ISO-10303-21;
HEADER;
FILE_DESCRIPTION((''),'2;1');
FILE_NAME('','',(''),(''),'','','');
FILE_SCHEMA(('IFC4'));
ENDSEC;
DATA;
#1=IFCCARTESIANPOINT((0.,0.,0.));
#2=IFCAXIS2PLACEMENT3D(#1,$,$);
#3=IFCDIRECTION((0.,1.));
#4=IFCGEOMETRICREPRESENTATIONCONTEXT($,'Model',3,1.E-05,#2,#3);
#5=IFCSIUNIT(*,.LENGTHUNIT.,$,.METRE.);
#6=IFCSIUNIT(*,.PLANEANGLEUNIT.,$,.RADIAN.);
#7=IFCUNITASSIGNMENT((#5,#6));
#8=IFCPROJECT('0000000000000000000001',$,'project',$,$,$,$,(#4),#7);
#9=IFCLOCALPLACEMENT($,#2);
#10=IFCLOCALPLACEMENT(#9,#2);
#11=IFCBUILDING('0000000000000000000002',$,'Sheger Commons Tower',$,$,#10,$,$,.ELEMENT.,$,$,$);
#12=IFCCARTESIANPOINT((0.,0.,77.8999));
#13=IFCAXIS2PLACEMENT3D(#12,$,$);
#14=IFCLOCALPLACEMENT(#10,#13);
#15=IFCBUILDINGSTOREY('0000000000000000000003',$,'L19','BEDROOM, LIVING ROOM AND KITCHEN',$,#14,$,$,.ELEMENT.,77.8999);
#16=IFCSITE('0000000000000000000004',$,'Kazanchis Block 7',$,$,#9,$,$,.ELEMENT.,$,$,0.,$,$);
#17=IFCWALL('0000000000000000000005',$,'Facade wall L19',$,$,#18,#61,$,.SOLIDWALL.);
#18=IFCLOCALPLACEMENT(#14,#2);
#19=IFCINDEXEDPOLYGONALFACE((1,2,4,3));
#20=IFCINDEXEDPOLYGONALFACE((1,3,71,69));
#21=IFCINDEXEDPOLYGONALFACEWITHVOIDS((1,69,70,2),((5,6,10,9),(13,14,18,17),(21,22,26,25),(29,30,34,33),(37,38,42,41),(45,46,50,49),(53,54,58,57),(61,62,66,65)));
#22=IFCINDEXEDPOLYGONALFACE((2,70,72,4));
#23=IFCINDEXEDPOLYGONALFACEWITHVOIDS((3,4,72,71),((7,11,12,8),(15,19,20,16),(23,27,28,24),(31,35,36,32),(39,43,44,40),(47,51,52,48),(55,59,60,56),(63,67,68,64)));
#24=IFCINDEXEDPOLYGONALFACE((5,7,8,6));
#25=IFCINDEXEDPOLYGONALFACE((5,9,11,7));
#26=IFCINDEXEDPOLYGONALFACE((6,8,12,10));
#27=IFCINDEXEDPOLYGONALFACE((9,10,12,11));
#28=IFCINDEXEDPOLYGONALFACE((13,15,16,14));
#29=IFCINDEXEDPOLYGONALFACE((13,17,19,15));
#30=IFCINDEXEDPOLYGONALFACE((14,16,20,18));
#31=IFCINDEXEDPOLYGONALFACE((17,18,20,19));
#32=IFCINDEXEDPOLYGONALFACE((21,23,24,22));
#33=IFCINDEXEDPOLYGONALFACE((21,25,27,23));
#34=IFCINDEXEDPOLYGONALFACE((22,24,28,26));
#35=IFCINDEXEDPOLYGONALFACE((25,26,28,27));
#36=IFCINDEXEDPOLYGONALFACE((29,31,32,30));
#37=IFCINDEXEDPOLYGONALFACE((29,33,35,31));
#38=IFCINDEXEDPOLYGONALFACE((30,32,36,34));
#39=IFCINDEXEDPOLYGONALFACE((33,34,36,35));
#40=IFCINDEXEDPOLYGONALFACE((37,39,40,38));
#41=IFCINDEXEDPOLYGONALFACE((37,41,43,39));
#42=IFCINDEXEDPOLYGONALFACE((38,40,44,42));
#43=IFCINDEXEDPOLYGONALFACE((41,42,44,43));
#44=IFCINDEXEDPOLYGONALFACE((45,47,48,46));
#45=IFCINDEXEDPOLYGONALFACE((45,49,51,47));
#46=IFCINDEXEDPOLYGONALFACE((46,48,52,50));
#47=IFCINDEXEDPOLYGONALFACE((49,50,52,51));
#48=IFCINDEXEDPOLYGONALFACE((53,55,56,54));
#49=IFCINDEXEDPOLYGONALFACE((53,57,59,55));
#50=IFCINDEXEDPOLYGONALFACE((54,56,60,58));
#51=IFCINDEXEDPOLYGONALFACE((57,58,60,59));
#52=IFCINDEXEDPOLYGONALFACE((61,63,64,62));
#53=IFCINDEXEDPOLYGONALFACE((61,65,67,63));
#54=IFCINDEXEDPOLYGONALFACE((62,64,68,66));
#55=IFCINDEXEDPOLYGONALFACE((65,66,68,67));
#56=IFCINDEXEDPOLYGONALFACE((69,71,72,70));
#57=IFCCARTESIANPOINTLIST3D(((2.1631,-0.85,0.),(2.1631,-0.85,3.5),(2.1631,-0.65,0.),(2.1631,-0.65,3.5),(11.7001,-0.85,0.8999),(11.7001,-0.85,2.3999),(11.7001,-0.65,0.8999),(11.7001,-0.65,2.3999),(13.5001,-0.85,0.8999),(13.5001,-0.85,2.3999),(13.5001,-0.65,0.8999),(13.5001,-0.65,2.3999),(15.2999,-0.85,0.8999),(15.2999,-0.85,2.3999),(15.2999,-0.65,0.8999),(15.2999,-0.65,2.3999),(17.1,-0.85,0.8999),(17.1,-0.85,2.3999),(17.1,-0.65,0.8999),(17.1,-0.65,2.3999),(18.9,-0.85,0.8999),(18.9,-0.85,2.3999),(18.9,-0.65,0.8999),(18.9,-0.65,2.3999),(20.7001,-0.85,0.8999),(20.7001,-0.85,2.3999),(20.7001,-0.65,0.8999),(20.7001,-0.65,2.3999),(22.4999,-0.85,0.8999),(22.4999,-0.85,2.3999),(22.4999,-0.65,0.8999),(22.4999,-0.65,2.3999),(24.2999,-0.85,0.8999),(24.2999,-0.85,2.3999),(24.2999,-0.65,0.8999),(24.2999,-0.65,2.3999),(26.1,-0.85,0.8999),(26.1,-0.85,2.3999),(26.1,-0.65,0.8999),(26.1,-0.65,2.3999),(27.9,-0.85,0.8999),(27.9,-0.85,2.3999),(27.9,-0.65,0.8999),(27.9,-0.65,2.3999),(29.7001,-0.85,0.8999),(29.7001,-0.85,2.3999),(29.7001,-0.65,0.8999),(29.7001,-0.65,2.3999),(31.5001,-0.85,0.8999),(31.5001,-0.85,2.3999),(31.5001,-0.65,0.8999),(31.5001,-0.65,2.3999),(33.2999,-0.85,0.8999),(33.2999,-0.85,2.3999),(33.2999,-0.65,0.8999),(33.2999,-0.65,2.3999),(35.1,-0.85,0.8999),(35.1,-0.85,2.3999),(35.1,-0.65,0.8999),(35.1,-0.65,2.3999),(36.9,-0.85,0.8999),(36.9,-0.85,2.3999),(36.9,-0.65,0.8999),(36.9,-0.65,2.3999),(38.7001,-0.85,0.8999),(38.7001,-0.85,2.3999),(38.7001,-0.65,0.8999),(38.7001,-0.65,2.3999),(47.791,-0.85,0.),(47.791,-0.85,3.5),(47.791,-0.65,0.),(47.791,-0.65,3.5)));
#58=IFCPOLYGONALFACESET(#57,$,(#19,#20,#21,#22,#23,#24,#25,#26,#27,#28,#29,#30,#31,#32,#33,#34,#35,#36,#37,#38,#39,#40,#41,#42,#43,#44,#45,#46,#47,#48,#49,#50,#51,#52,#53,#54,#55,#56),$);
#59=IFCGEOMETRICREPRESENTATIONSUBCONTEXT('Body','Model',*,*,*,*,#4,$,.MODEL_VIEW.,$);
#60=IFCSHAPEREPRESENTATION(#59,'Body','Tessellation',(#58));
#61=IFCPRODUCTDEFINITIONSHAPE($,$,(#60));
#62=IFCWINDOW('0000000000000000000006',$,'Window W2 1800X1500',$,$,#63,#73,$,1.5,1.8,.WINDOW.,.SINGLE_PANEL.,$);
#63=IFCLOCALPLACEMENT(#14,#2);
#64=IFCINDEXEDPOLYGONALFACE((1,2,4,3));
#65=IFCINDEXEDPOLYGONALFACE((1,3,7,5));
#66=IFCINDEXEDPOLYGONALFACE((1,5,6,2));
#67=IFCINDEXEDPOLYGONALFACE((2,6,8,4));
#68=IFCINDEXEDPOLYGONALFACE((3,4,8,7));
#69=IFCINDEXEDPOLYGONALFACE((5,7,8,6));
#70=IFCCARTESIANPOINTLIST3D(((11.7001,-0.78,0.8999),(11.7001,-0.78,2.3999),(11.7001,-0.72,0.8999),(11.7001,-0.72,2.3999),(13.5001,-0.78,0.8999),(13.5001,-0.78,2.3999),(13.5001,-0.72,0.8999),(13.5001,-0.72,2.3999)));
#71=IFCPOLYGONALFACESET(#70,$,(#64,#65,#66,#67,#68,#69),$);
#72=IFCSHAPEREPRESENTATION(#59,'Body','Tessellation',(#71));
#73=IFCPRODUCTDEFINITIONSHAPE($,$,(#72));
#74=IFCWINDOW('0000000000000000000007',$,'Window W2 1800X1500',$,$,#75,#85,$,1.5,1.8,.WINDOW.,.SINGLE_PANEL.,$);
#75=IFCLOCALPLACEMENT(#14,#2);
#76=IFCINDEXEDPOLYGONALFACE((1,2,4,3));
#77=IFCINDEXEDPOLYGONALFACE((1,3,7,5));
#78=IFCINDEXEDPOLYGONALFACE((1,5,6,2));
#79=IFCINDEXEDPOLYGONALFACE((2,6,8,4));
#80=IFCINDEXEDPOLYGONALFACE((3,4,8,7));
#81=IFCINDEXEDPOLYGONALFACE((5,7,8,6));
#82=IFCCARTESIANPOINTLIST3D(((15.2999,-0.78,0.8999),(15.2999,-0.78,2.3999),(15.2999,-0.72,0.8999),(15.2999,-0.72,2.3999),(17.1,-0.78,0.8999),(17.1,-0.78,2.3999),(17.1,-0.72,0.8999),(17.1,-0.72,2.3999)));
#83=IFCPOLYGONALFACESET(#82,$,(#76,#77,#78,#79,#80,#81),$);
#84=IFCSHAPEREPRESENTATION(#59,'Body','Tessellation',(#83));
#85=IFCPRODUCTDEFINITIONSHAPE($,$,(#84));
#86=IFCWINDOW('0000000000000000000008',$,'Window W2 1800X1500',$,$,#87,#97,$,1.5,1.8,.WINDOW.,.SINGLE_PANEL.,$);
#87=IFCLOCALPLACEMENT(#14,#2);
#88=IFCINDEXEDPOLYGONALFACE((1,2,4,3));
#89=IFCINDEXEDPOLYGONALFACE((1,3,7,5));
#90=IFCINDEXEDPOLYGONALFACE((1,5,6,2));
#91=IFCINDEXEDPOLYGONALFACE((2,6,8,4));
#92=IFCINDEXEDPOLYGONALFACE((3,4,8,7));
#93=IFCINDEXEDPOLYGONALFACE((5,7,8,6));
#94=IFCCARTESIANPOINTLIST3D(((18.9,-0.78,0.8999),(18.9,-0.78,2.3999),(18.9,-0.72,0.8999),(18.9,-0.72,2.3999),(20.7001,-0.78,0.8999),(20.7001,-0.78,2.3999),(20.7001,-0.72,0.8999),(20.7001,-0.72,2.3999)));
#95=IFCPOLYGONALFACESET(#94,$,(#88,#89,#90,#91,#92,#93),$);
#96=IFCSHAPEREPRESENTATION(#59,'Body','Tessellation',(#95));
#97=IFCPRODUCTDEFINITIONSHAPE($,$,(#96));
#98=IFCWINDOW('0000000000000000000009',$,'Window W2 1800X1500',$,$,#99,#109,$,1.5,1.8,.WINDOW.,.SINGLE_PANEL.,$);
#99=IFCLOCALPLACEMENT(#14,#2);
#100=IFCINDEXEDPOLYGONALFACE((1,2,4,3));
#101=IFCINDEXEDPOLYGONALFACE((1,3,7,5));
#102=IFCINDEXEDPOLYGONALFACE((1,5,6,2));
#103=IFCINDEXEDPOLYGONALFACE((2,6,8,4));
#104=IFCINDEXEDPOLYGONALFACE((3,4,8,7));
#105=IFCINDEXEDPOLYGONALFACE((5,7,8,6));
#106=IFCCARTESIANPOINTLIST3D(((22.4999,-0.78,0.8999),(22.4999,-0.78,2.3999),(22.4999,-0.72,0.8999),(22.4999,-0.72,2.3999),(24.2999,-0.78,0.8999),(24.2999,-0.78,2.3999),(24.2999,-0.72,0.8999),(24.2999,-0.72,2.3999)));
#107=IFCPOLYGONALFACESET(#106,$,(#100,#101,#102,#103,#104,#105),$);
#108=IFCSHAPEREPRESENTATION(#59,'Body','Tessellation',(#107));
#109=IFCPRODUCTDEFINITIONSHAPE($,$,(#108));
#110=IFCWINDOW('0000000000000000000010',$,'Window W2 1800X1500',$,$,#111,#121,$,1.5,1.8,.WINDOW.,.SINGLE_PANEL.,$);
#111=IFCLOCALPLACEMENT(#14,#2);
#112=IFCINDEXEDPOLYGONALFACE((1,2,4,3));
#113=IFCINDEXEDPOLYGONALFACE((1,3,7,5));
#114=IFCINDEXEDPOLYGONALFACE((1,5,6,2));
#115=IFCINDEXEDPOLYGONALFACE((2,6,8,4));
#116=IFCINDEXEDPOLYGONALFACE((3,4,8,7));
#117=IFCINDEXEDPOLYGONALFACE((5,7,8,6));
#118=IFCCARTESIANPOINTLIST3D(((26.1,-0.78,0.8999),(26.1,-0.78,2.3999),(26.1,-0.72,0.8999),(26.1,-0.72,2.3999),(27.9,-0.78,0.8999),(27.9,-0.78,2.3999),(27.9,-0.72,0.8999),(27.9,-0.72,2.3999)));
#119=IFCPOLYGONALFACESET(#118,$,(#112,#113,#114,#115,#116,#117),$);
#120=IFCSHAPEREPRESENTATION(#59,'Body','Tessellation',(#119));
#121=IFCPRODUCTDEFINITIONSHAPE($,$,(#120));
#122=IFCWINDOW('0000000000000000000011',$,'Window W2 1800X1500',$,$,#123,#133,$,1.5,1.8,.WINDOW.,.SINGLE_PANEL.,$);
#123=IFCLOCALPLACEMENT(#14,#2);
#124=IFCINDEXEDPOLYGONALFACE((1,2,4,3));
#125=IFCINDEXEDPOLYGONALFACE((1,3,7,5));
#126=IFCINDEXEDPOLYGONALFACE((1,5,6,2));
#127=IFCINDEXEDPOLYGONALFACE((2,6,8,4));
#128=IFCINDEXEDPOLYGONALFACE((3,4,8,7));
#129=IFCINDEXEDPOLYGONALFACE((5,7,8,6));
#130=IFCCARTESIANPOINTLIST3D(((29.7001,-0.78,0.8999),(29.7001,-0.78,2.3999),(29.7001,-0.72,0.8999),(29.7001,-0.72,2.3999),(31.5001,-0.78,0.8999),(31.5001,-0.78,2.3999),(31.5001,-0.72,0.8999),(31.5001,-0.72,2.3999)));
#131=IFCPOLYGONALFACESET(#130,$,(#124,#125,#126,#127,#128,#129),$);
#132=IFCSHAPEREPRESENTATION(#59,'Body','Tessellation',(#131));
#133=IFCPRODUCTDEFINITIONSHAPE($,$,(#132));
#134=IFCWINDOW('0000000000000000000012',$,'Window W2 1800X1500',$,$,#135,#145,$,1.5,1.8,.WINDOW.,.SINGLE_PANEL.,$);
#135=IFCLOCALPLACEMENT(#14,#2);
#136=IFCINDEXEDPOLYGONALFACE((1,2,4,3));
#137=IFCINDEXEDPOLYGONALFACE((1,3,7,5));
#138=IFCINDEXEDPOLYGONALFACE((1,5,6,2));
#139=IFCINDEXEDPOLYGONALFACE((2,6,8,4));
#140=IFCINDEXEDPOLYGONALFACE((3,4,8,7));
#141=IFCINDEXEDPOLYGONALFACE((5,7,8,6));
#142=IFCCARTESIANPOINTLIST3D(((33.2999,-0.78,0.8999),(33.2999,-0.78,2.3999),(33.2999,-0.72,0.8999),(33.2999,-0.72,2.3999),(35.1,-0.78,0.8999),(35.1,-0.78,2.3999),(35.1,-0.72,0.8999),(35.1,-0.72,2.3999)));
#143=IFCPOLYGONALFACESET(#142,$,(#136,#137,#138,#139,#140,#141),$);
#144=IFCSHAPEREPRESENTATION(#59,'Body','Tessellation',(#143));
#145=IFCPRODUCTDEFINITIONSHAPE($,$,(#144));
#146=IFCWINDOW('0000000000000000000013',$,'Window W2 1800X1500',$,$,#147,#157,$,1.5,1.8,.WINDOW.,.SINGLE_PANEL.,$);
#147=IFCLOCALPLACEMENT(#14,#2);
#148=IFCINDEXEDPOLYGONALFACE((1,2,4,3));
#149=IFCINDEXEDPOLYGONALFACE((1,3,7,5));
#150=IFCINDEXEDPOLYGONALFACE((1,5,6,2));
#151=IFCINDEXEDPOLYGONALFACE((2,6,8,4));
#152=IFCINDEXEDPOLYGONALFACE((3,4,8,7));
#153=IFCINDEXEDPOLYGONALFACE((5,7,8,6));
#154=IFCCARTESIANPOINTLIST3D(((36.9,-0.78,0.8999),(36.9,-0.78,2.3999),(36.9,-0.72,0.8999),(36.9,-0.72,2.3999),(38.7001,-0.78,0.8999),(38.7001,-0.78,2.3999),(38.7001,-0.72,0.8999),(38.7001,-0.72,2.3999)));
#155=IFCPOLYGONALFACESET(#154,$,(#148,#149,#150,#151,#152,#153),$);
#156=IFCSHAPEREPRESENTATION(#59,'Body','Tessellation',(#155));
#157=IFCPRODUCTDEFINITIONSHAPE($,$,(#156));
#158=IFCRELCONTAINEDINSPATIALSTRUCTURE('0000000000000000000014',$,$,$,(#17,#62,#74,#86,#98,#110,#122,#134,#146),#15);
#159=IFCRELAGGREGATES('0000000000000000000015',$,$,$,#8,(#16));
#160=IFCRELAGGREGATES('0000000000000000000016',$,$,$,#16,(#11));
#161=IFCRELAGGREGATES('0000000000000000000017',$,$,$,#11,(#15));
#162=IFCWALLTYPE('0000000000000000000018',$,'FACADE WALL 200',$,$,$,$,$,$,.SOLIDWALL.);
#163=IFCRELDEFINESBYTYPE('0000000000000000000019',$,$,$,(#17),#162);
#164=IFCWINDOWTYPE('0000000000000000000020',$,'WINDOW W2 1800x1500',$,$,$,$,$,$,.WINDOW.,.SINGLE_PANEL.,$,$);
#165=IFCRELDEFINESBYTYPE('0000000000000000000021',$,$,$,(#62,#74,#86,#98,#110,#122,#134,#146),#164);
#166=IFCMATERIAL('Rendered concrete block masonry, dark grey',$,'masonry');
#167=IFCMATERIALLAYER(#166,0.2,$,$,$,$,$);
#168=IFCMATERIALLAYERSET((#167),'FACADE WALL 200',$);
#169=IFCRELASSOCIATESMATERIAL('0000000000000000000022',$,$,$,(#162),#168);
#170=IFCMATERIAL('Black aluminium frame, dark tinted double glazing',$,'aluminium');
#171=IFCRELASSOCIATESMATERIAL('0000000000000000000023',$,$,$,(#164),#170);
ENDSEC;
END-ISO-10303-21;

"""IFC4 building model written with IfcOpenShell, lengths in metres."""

from ifc_helpers import new_model, si_unit, direction, frame, frame_2d, origin, place, context, subcontext, project, spatial, rectangle, extrude, material, layer, layer_set, type_object, element, fill, save


model = new_model("IFC4")

# Units and contexts
model_context = context("Model", 3, precision=1e-05, world=origin(), true_north=direction((0.0, 1.0)))
body_context = subcontext(model_context, "Body", "Model", "MODEL_VIEW")
ifc_project = project(units=[si_unit("LENGTHUNIT", "METRE"), si_unit("PLANEANGLEUNIT", "RADIAN")], contexts=[model_context])

# Site, building, storey
site_placement = place(None, origin())
site = spatial("IfcSite", under=ifc_project, at=site_placement, Name="Kazanchis Block 7", CompositionType="ELEMENT", RefElevation=0.0)
building_placement = place(site_placement, origin())
building = spatial("IfcBuilding", under=site, at=building_placement, Name="Sheger Commons Tower", CompositionType="ELEMENT")
storey_placement = place(building_placement, frame((0.0, 0.0, 77.8999)))
storey = spatial("IfcBuildingStorey", under=building, at=storey_placement, Name="L19", Description="BEDROOM, LIVING ROOM AND KITCHEN", CompositionType="ELEMENT", Elevation=77.8999)

# Wall, openings, windows
ifc_material_1 = material(Name="Rendered concrete block masonry, dark grey", Category="masonry")
ifc_layer_1 = layer(ifc_material_1, 0.2)
ifc_layer_set_1 = layer_set([ifc_layer_1], Name="FACADE WALL 200")
wall_type_1 = type_object("IfcWallType", Name="FACADE WALL 200", PredefinedType="SOLIDWALL", material=ifc_layer_set_1)
wall_1_placement = place(storey_placement, frame((2.1631, -0.75, 0.0), z_axis=(0.0, 0.0, 1.0), x_axis=(1.0, 0.0, 0.0)))
wall_1 = element("IfcWall", 1, at=wall_1_placement, inside=storey, type_object=wall_type_1, Name="Facade wall L19", PredefinedType="SOLIDWALL", context=body_context, shape_type="SweptSolid", body=[
    extrude(rectangle(XDim=45.6279, YDim=0.2, at=frame_2d((22.814, 0.0))), origin(), (0.0, 0.0, 1.0), 3.5),
])
opening_1_placement = place(wall_1_placement, frame((9.5371, 0.0, 0.8999)))
opening_1 = element("IfcOpeningElement", 2, at=opening_1_placement, cuts=wall_1, PredefinedType="OPENING", context=body_context, shape_type="SweptSolid", body=[
    extrude(rectangle(XDim=1.8, YDim=1.5, at=frame_2d((0.8999, 0.75))), frame((0.0, 0.1099, 0.0), z_axis=(0.0, -1.0, 0.0), x_axis=(1.0, 0.0, 0.0)), (0.0, 0.0, 1.0), 0.22),
])
opening_2_placement = place(wall_1_placement, frame((13.137, 0.0, 0.8999)))
opening_2 = element("IfcOpeningElement", 3, at=opening_2_placement, cuts=wall_1, PredefinedType="OPENING", context=body_context, shape_type="SweptSolid", body=[
    extrude(rectangle(XDim=1.8, YDim=1.5, at=frame_2d((0.8999, 0.75))), frame((0.0, 0.1099, 0.0), z_axis=(0.0, -1.0, 0.0), x_axis=(1.0, 0.0, 0.0)), (0.0, 0.0, 1.0), 0.22),
])
opening_3_placement = place(wall_1_placement, frame((16.7371, 0.0, 0.8999)))
opening_3 = element("IfcOpeningElement", 4, at=opening_3_placement, cuts=wall_1, PredefinedType="OPENING", context=body_context, shape_type="SweptSolid", body=[
    extrude(rectangle(XDim=1.8, YDim=1.5, at=frame_2d((0.8999, 0.75))), frame((0.0, 0.1099, 0.0), z_axis=(0.0, -1.0, 0.0), x_axis=(1.0, 0.0, 0.0)), (0.0, 0.0, 1.0), 0.22),
])
opening_4_placement = place(wall_1_placement, frame((20.3369, 0.0, 0.8999)))
opening_4 = element("IfcOpeningElement", 5, at=opening_4_placement, cuts=wall_1, PredefinedType="OPENING", context=body_context, shape_type="SweptSolid", body=[
    extrude(rectangle(XDim=1.8, YDim=1.5, at=frame_2d((0.8999, 0.75))), frame((0.0, 0.1099, 0.0), z_axis=(0.0, -1.0, 0.0), x_axis=(1.0, 0.0, 0.0)), (0.0, 0.0, 1.0), 0.22),
])
opening_5_placement = place(wall_1_placement, frame((23.937, 0.0, 0.8999)))
opening_5 = element("IfcOpeningElement", 6, at=opening_5_placement, cuts=wall_1, PredefinedType="OPENING", context=body_context, shape_type="SweptSolid", body=[
    extrude(rectangle(XDim=1.8, YDim=1.5, at=frame_2d((0.8999, 0.75))), frame((0.0, 0.1099, 0.0), z_axis=(0.0, -1.0, 0.0), x_axis=(1.0, 0.0, 0.0)), (0.0, 0.0, 1.0), 0.22),
])
opening_6_placement = place(wall_1_placement, frame((27.5371, 0.0, 0.8999)))
opening_6 = element("IfcOpeningElement", 7, at=opening_6_placement, cuts=wall_1, PredefinedType="OPENING", context=body_context, shape_type="SweptSolid", body=[
    extrude(rectangle(XDim=1.8, YDim=1.5, at=frame_2d((0.8999, 0.75))), frame((0.0, 0.1099, 0.0), z_axis=(0.0, -1.0, 0.0), x_axis=(1.0, 0.0, 0.0)), (0.0, 0.0, 1.0), 0.22),
])
opening_7_placement = place(wall_1_placement, frame((31.137, 0.0, 0.8999)))
opening_7 = element("IfcOpeningElement", 8, at=opening_7_placement, cuts=wall_1, PredefinedType="OPENING", context=body_context, shape_type="SweptSolid", body=[
    extrude(rectangle(XDim=1.8, YDim=1.5, at=frame_2d((0.8999, 0.75))), frame((0.0, 0.1099, 0.0), z_axis=(0.0, -1.0, 0.0), x_axis=(1.0, 0.0, 0.0)), (0.0, 0.0, 1.0), 0.22),
])
opening_8_placement = place(wall_1_placement, frame((34.7371, 0.0, 0.8999)))
opening_8 = element("IfcOpeningElement", 9, at=opening_8_placement, cuts=wall_1, PredefinedType="OPENING", context=body_context, shape_type="SweptSolid", body=[
    extrude(rectangle(XDim=1.8, YDim=1.5, at=frame_2d((0.8999, 0.75))), frame((0.0, 0.1099, 0.0), z_axis=(0.0, -1.0, 0.0), x_axis=(1.0, 0.0, 0.0)), (0.0, 0.0, 1.0), 0.22),
])
ifc_material_2 = material(Name="Black aluminium frame, dark tinted double glazing", Category="aluminium")
window_type = type_object("IfcWindowType", Name="WINDOW W2 1800x1500", PartitioningType="SINGLE_PANEL", PredefinedType="WINDOW", material=ifc_material_2)
window_1_placement = place(opening_1_placement, origin())
window_1 = element("IfcWindow", 10, at=window_1_placement, inside=storey, type_object=window_type, Name="Window W2 1800X1500", OverallHeight=1.5, OverallWidth=1.8, PartitioningType="SINGLE_PANEL", PredefinedType="WINDOW", context=body_context, shape_type="SweptSolid", body=[
    extrude(rectangle(XDim=1.8, YDim=1.5, at=frame_2d((0.8999, 0.75))), frame((0.0, 0.03, 0.0), z_axis=(0.0, -1.0, 0.0), x_axis=(1.0, 0.0, 0.0)), (0.0, 0.0, 1.0), 0.0601),
])
fill(opening_1, window_1)
window_2_placement = place(opening_2_placement, origin())
window_2 = element("IfcWindow", 11, at=window_2_placement, inside=storey, type_object=window_type, Name="Window W2 1800X1500", OverallHeight=1.5, OverallWidth=1.8, PartitioningType="SINGLE_PANEL", PredefinedType="WINDOW", context=body_context, shape_type="SweptSolid", body=[
    extrude(rectangle(XDim=1.8, YDim=1.5, at=frame_2d((0.8999, 0.75))), frame((0.0, 0.03, 0.0), z_axis=(0.0, -1.0, 0.0), x_axis=(1.0, 0.0, 0.0)), (0.0, 0.0, 1.0), 0.0601),
])
fill(opening_2, window_2)
window_3_placement = place(opening_3_placement, origin())
window_3 = element("IfcWindow", 12, at=window_3_placement, inside=storey, type_object=window_type, Name="Window W2 1800X1500", OverallHeight=1.5, OverallWidth=1.8, PartitioningType="SINGLE_PANEL", PredefinedType="WINDOW", context=body_context, shape_type="SweptSolid", body=[
    extrude(rectangle(XDim=1.8, YDim=1.5, at=frame_2d((0.8999, 0.75))), frame((0.0, 0.03, 0.0), z_axis=(0.0, -1.0, 0.0), x_axis=(1.0, 0.0, 0.0)), (0.0, 0.0, 1.0), 0.0601),
])
fill(opening_3, window_3)
window_4_placement = place(opening_4_placement, origin())
window_4 = element("IfcWindow", 13, at=window_4_placement, inside=storey, type_object=window_type, Name="Window W2 1800X1500", OverallHeight=1.5, OverallWidth=1.8, PartitioningType="SINGLE_PANEL", PredefinedType="WINDOW", context=body_context, shape_type="SweptSolid", body=[
    extrude(rectangle(XDim=1.8, YDim=1.5, at=frame_2d((0.8999, 0.75))), frame((0.0, 0.03, 0.0), z_axis=(0.0, -1.0, 0.0), x_axis=(1.0, 0.0, 0.0)), (0.0, 0.0, 1.0), 0.0601),
])
fill(opening_4, window_4)
window_5_placement = place(opening_5_placement, origin())
window_5 = element("IfcWindow", 14, at=window_5_placement, inside=storey, type_object=window_type, Name="Window W2 1800X1500", OverallHeight=1.5, OverallWidth=1.8, PartitioningType="SINGLE_PANEL", PredefinedType="WINDOW", context=body_context, shape_type="SweptSolid", body=[
    extrude(rectangle(XDim=1.8, YDim=1.5, at=frame_2d((0.8999, 0.75))), frame((0.0, 0.03, 0.0), z_axis=(0.0, -1.0, 0.0), x_axis=(1.0, 0.0, 0.0)), (0.0, 0.0, 1.0), 0.0601),
])
fill(opening_5, window_5)
window_6_placement = place(opening_6_placement, origin())
window_6 = element("IfcWindow", 15, at=window_6_placement, inside=storey, type_object=window_type, Name="Window W2 1800X1500", OverallHeight=1.5, OverallWidth=1.8, PartitioningType="SINGLE_PANEL", PredefinedType="WINDOW", context=body_context, shape_type="SweptSolid", body=[
    extrude(rectangle(XDim=1.8, YDim=1.5, at=frame_2d((0.8999, 0.75))), frame((0.0, 0.03, 0.0), z_axis=(0.0, -1.0, 0.0), x_axis=(1.0, 0.0, 0.0)), (0.0, 0.0, 1.0), 0.0601),
])
fill(opening_6, window_6)
window_7_placement = place(opening_7_placement, origin())
window_7 = element("IfcWindow", 16, at=window_7_placement, inside=storey, type_object=window_type, Name="Window W2 1800X1500", OverallHeight=1.5, OverallWidth=1.8, PartitioningType="SINGLE_PANEL", PredefinedType="WINDOW", context=body_context, shape_type="SweptSolid", body=[
    extrude(rectangle(XDim=1.8, YDim=1.5, at=frame_2d((0.8999, 0.75))), frame((0.0, 0.03, 0.0), z_axis=(0.0, -1.0, 0.0), x_axis=(1.0, 0.0, 0.0)), (0.0, 0.0, 1.0), 0.0601),
])
fill(opening_7, window_7)
window_8_placement = place(opening_8_placement, origin())
window_8 = element("IfcWindow", 17, at=window_8_placement, inside=storey, type_object=window_type, Name="Window W2 1800X1500", OverallHeight=1.5, OverallWidth=1.8, PartitioningType="SINGLE_PANEL", PredefinedType="WINDOW", context=body_context, shape_type="SweptSolid", body=[
    extrude(rectangle(XDim=1.8, YDim=1.5, at=frame_2d((0.8999, 0.75))), frame((0.0, 0.03, 0.0), z_axis=(0.0, -1.0, 0.0), x_axis=(1.0, 0.0, 0.0)), (0.0, 0.0, 1.0), 0.0601),
])
fill(opening_8, window_8)

save(model, "model.ifc")
